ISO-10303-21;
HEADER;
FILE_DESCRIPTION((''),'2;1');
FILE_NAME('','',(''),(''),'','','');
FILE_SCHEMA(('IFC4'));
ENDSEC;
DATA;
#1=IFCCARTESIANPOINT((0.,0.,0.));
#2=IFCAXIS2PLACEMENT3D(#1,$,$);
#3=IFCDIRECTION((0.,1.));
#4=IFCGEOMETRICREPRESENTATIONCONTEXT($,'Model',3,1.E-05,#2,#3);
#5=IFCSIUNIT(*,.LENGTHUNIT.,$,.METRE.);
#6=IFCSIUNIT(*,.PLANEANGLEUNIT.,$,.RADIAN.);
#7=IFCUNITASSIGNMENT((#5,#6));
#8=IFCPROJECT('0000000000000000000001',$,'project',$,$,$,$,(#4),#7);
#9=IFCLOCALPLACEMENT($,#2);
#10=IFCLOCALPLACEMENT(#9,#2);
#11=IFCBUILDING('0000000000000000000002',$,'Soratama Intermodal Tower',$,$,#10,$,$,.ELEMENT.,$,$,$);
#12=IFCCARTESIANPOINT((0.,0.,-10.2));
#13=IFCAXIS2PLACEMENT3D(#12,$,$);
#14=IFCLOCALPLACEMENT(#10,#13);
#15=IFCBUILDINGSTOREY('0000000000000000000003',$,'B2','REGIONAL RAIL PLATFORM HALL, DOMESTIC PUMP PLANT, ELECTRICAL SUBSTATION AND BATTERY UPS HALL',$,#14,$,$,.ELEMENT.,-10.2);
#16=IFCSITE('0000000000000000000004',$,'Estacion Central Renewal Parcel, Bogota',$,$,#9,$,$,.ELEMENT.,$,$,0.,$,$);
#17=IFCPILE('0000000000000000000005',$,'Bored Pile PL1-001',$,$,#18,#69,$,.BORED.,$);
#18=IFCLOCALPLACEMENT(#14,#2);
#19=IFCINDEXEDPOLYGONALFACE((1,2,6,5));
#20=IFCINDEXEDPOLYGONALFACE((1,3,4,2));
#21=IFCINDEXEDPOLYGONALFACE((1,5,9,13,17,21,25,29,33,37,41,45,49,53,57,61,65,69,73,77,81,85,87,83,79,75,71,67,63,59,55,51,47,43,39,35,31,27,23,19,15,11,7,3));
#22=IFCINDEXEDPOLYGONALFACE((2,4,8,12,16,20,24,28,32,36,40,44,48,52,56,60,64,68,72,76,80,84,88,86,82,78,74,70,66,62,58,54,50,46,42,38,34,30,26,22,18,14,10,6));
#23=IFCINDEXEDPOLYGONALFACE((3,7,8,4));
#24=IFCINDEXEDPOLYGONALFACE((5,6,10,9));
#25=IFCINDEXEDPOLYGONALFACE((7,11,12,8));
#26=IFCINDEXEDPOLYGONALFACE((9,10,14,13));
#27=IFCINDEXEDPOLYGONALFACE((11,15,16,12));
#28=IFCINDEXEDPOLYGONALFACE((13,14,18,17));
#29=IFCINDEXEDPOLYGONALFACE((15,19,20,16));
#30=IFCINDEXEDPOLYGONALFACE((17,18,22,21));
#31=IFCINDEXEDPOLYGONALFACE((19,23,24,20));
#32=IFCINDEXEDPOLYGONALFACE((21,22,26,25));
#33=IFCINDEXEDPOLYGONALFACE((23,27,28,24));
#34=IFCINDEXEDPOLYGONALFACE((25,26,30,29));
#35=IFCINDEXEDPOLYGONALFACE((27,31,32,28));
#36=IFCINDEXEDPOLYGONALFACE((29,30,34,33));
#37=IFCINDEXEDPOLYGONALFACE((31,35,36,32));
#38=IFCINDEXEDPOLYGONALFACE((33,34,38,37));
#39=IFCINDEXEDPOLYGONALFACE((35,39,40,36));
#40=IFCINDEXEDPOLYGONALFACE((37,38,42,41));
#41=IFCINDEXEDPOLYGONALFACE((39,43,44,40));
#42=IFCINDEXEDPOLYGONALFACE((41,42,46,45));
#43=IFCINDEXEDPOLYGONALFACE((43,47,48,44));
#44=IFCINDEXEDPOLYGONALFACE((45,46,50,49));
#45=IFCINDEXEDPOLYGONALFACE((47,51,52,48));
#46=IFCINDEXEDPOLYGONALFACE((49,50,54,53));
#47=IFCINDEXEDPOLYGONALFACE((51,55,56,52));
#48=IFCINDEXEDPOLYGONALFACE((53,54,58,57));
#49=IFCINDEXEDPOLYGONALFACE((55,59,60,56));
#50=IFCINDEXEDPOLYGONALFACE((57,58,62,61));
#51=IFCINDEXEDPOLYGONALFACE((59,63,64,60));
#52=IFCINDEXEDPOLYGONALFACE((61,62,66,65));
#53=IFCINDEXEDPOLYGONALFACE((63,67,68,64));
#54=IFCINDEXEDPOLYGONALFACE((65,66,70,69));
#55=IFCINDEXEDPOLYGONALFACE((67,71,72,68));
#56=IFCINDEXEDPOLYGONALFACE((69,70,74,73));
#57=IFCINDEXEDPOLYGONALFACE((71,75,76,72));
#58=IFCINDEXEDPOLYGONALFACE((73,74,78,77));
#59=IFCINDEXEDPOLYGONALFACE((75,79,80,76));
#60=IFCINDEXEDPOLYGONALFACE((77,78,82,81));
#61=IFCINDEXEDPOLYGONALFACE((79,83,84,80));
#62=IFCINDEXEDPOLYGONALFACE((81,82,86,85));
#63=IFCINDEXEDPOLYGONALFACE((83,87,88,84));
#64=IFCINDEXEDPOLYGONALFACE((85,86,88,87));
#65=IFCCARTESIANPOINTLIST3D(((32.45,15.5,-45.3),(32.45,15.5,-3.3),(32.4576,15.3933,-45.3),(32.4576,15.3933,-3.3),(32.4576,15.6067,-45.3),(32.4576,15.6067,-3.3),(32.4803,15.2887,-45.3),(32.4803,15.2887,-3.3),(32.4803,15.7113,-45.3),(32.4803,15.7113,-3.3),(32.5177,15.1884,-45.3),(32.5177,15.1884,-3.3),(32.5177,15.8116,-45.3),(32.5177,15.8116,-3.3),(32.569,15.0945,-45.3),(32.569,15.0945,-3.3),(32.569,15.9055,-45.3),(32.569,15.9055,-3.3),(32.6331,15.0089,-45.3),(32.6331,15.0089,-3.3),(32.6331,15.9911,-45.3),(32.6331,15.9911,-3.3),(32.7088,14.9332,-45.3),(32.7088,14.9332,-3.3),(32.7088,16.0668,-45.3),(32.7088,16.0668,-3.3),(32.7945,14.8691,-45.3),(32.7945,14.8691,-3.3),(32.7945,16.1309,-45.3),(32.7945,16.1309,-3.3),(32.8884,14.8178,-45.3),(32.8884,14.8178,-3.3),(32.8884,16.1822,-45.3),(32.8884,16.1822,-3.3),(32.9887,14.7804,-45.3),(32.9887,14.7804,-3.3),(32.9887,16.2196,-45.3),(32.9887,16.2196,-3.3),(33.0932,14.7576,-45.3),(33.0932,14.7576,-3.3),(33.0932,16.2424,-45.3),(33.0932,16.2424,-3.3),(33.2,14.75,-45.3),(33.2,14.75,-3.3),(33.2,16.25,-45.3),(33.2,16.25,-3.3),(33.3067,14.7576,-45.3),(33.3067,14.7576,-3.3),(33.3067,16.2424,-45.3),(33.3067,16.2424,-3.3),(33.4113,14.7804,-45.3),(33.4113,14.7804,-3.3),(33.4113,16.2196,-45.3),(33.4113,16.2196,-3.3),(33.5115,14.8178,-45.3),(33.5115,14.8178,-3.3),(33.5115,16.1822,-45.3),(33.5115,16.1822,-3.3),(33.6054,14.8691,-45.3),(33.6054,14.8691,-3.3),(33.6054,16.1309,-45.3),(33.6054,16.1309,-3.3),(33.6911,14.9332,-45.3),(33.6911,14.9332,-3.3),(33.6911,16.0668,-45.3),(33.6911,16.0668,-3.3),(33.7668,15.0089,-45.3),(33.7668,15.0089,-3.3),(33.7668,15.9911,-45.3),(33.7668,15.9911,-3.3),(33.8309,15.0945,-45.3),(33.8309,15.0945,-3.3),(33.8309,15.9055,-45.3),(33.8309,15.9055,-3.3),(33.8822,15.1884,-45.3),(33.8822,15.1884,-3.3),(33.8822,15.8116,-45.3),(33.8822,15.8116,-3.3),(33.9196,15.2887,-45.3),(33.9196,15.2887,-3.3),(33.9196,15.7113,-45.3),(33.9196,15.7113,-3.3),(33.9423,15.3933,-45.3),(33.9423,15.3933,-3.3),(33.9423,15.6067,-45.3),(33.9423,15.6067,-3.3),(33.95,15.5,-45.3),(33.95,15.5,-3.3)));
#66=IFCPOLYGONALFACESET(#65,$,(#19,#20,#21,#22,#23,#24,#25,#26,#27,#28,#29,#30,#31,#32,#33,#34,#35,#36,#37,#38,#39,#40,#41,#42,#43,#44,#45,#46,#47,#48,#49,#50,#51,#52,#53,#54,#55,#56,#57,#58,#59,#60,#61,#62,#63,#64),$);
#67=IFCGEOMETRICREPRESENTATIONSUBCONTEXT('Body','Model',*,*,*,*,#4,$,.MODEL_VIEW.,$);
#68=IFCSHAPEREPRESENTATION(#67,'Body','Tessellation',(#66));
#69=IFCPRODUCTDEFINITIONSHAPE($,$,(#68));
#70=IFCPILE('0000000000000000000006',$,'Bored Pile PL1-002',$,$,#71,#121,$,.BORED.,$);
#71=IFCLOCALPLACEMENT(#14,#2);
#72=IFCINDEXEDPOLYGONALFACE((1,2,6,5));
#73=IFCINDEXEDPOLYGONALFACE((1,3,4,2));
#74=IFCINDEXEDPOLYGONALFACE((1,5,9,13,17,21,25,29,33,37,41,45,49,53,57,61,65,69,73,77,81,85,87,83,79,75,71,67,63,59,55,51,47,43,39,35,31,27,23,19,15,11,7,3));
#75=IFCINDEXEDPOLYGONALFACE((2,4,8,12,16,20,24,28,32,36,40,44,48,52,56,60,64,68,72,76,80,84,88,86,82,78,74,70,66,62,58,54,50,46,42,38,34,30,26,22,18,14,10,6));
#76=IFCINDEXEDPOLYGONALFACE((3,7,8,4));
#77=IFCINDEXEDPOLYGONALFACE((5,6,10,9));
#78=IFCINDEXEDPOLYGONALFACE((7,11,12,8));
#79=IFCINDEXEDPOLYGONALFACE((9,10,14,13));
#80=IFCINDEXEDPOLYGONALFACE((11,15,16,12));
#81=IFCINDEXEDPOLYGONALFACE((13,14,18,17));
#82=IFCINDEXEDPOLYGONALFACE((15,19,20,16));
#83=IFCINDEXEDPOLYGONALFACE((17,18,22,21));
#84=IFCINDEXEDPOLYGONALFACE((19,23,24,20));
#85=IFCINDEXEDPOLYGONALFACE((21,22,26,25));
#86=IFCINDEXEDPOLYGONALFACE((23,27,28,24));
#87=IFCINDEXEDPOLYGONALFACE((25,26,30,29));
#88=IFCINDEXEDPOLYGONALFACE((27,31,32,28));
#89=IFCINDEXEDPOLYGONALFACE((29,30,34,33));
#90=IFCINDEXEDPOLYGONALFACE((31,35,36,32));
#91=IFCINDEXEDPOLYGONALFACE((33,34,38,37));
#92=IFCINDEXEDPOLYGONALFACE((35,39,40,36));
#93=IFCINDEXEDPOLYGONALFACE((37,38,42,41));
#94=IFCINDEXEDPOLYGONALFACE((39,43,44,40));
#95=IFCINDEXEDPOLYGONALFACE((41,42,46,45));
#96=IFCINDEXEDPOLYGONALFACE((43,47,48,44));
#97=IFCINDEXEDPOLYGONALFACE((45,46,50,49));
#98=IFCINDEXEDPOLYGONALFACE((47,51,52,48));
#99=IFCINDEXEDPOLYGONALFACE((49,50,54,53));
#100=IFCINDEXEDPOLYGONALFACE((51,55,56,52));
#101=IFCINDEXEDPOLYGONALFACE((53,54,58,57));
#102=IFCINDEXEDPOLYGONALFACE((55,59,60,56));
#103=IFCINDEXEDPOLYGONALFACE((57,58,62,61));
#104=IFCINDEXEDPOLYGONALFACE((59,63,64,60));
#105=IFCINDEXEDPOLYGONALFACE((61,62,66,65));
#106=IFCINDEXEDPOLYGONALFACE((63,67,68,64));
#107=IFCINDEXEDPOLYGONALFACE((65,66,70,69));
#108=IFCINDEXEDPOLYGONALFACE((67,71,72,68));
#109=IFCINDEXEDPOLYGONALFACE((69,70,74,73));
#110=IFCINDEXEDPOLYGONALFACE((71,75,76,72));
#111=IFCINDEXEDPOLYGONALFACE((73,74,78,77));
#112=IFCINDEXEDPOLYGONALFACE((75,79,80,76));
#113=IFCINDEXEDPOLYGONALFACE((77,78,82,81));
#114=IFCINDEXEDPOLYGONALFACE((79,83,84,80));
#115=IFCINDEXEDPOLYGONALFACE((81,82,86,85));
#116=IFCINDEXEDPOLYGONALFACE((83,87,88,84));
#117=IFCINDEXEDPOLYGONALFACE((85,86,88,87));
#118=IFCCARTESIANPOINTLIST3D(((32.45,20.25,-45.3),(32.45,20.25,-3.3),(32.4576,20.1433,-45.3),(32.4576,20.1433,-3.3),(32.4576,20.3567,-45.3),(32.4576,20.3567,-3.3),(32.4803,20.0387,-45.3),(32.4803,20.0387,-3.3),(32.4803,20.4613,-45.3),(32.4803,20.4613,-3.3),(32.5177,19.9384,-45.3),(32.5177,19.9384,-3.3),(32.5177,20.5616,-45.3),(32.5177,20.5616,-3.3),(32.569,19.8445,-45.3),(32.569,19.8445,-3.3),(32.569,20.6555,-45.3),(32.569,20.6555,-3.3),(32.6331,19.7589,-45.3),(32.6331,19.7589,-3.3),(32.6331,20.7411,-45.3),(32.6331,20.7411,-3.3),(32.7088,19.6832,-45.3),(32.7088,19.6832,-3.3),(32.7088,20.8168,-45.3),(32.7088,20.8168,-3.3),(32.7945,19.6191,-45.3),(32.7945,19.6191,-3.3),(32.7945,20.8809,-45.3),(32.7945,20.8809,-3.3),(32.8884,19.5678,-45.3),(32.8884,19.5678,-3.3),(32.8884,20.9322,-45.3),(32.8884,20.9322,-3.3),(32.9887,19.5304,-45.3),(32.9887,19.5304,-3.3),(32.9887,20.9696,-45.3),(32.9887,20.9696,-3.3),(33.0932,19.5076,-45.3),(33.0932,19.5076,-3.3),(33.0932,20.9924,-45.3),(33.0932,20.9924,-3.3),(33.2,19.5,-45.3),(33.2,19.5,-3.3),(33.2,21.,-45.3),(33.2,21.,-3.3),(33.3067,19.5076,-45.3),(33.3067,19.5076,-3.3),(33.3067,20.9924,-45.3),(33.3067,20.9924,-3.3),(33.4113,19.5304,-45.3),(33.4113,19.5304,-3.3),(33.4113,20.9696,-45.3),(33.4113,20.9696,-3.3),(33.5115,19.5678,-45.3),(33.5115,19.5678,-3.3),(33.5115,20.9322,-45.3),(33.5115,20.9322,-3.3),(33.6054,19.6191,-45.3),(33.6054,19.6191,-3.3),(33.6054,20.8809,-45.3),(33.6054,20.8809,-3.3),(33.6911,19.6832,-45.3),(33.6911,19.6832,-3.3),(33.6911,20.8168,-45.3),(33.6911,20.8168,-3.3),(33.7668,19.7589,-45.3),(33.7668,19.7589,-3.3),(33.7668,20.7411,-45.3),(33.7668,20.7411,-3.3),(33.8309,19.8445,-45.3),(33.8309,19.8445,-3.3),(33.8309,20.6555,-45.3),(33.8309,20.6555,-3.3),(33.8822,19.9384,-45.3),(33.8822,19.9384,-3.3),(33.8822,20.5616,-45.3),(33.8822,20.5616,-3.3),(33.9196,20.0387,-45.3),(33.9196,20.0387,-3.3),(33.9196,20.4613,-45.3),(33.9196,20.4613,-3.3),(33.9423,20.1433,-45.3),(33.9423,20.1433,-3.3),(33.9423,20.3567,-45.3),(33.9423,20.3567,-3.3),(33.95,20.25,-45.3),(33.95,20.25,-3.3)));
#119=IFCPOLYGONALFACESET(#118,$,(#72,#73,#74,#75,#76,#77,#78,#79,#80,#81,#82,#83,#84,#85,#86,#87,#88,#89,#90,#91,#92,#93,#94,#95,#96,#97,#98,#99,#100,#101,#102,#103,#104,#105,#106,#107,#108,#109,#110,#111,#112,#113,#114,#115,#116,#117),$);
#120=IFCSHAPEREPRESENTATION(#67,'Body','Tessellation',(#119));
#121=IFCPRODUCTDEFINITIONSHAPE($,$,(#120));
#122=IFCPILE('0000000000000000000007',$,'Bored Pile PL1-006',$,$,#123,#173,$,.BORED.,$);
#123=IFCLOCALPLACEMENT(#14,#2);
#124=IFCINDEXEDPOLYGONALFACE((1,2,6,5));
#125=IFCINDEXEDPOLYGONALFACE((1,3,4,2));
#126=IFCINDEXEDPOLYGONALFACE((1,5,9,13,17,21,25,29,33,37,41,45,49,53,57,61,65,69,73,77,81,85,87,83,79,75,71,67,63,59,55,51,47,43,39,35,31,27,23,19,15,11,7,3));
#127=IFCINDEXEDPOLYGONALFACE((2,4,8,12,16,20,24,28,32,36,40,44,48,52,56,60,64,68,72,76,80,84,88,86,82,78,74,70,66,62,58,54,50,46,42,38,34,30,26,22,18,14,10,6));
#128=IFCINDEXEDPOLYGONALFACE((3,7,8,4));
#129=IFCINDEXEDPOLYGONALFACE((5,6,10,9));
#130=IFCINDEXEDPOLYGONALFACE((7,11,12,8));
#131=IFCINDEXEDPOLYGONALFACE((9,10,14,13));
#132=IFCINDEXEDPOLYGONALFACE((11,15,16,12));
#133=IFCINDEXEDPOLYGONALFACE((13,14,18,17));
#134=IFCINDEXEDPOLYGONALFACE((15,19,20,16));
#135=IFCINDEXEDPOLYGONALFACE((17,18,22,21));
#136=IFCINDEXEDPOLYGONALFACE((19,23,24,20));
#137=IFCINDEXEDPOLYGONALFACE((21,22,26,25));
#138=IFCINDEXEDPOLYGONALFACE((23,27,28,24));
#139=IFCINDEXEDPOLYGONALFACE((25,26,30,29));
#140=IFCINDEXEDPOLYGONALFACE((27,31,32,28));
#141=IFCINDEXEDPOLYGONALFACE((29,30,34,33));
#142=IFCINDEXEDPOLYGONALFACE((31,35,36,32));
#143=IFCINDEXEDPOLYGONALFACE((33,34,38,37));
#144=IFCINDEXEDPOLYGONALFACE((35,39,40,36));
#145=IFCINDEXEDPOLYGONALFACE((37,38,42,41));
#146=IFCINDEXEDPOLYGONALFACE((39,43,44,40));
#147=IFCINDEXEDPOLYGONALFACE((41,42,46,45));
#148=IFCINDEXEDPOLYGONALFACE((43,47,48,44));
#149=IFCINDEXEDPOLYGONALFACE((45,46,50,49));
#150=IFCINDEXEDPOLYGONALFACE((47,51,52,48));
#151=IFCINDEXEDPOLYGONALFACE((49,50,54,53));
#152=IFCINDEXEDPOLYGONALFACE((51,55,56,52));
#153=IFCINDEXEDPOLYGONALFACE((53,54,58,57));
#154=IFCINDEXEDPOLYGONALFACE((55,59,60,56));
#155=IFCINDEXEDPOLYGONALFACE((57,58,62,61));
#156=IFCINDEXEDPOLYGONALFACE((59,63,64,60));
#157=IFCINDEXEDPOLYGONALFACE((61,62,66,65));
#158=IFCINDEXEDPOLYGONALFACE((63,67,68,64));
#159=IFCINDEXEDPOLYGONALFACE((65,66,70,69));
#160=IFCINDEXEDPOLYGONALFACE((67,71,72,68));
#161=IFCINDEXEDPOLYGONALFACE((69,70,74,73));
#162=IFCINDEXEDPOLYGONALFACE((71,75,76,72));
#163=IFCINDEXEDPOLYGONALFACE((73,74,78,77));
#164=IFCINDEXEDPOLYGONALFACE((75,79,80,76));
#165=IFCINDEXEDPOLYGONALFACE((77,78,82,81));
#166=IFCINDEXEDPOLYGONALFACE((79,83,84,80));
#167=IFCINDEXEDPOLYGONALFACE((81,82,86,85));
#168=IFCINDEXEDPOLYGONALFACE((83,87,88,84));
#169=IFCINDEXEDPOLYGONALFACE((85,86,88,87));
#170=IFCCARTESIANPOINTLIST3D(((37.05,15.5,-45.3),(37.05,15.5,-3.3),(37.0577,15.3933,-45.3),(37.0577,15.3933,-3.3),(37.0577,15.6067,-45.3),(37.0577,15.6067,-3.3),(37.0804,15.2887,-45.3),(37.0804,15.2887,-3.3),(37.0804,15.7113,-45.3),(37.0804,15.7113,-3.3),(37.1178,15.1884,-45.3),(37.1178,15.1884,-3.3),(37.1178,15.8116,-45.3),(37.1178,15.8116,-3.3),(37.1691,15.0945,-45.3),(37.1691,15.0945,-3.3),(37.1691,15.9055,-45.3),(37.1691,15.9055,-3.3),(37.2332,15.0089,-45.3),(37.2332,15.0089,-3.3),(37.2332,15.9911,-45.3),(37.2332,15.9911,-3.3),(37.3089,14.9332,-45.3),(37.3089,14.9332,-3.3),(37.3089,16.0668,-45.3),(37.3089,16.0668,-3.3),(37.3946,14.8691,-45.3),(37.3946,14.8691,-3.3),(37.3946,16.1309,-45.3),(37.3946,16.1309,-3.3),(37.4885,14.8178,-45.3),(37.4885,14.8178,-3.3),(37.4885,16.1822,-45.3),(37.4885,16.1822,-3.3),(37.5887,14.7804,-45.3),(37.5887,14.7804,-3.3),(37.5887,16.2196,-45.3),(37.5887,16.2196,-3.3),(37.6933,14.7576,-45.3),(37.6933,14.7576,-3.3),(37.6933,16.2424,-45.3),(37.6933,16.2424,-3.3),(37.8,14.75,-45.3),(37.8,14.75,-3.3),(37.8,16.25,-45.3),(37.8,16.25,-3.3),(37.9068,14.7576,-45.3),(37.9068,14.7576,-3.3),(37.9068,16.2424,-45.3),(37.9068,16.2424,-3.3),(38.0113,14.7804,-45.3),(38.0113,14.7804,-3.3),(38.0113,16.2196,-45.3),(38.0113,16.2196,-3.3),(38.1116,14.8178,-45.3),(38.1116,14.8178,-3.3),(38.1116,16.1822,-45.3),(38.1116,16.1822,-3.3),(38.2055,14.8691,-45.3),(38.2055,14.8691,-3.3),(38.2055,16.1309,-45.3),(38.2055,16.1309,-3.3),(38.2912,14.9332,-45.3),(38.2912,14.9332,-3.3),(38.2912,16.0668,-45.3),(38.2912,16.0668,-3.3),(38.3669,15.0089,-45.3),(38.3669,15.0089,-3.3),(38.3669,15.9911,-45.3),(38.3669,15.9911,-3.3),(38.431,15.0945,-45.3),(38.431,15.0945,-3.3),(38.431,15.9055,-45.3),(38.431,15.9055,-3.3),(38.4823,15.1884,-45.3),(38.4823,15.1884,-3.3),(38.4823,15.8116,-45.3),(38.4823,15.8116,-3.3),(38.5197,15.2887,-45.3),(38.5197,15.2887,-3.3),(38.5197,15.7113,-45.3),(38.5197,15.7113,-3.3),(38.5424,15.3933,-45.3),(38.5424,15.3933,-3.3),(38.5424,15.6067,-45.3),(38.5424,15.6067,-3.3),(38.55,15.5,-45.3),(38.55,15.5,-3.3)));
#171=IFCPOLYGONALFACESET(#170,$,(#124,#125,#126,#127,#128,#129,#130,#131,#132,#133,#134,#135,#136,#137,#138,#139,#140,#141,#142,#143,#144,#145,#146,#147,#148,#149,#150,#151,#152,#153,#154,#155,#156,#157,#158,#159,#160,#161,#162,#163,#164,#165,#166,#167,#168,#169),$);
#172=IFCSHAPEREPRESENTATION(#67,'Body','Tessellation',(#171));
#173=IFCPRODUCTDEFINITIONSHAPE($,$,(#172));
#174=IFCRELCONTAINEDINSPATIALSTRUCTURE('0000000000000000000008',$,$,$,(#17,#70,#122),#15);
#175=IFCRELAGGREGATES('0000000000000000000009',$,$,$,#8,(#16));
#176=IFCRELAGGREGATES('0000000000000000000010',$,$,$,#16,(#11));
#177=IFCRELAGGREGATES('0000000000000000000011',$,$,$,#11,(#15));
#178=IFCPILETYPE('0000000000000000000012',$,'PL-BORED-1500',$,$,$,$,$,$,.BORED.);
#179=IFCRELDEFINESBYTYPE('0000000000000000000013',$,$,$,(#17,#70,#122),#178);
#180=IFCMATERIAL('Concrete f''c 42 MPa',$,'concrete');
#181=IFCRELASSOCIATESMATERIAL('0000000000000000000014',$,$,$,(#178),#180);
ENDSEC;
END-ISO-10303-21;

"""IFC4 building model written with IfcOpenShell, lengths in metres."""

from ifc_helpers import new_model, si_unit, direction, frame, origin, origin_2d, place, context, subcontext, project, spatial, circle, extrude, material, material_profile, profile_set, type_object, element, save


model = new_model("IFC4")

# Units and contexts
model_context = context("Model", 3, precision=1e-05, world=origin(), true_north=direction((0.0, 1.0)))
body_context = subcontext(model_context, "Body", "Model", "MODEL_VIEW")
ifc_project = project(units=[si_unit("LENGTHUNIT", "METRE"), si_unit("PLANEANGLEUNIT", "RADIAN")], contexts=[model_context])

# Site, building, storey
site_placement = place(None, origin())
site = spatial("IfcSite", under=ifc_project, at=site_placement, Name="Estacion Central Renewal Parcel, Bogota", CompositionType="ELEMENT", RefElevation=0.0)
building_placement = place(site_placement, origin())
building = spatial("IfcBuilding", under=site, at=building_placement, Name="Soratama Intermodal Tower", CompositionType="ELEMENT")
storey_placement = place(building_placement, frame((0.0, 0.0, -10.2)))
storey = spatial("IfcBuildingStorey", under=building, at=storey_placement, Name="B2", Description="REGIONAL RAIL PLATFORM HALL, DOMESTIC PUMP PLANT, ELECTRICAL SUBSTATION AND BATTERY UPS HALL", CompositionType="ELEMENT", Elevation=-10.2)

# Piles
ifc_material_1 = material(Name="Concrete f'c 42 MPa", Category="concrete")
ifc_material_profile_1 = material_profile(ifc_material_1, circle(Radius=0.75, at=origin_2d()), Name="PILE1500")
ifc_profile_set_1 = profile_set([ifc_material_profile_1], Name="Concrete f'c 42 MPa")
pile_type = type_object("IfcPileType", Name="PL-BORED-1500", PredefinedType="BORED", material=ifc_profile_set_1)
for number, where, z_axis, x_axis, name in (
    (1, (33.2, 15.5, -3.3), (0.0, 0.0, -1.0), (1.0, 0.0, 0.0), "Bored Pile PL1-001"),
    (2, (33.2, 20.25, -3.3), (0.0, 0.0, -1.0), (1.0, 0.0, 0.0), "Bored Pile PL1-002"),
    (3, (37.8, 15.5, -3.3), (0.0, 0.0, -1.0), (1.0, 0.0, 0.0), "Bored Pile PL1-006"),
):
    element("IfcPile", number, at=place(storey_placement, frame(where, z_axis=z_axis, x_axis=x_axis)), inside=storey, type_object=pile_type, Name=name, PredefinedType="BORED", context=body_context, shape_type="SweptSolid", body=[
        extrude(circle(Radius=0.75, at=origin_2d()), origin(), (0.0, 0.0, 1.0), 42.0),
    ])

save(model, "model.ifc")
